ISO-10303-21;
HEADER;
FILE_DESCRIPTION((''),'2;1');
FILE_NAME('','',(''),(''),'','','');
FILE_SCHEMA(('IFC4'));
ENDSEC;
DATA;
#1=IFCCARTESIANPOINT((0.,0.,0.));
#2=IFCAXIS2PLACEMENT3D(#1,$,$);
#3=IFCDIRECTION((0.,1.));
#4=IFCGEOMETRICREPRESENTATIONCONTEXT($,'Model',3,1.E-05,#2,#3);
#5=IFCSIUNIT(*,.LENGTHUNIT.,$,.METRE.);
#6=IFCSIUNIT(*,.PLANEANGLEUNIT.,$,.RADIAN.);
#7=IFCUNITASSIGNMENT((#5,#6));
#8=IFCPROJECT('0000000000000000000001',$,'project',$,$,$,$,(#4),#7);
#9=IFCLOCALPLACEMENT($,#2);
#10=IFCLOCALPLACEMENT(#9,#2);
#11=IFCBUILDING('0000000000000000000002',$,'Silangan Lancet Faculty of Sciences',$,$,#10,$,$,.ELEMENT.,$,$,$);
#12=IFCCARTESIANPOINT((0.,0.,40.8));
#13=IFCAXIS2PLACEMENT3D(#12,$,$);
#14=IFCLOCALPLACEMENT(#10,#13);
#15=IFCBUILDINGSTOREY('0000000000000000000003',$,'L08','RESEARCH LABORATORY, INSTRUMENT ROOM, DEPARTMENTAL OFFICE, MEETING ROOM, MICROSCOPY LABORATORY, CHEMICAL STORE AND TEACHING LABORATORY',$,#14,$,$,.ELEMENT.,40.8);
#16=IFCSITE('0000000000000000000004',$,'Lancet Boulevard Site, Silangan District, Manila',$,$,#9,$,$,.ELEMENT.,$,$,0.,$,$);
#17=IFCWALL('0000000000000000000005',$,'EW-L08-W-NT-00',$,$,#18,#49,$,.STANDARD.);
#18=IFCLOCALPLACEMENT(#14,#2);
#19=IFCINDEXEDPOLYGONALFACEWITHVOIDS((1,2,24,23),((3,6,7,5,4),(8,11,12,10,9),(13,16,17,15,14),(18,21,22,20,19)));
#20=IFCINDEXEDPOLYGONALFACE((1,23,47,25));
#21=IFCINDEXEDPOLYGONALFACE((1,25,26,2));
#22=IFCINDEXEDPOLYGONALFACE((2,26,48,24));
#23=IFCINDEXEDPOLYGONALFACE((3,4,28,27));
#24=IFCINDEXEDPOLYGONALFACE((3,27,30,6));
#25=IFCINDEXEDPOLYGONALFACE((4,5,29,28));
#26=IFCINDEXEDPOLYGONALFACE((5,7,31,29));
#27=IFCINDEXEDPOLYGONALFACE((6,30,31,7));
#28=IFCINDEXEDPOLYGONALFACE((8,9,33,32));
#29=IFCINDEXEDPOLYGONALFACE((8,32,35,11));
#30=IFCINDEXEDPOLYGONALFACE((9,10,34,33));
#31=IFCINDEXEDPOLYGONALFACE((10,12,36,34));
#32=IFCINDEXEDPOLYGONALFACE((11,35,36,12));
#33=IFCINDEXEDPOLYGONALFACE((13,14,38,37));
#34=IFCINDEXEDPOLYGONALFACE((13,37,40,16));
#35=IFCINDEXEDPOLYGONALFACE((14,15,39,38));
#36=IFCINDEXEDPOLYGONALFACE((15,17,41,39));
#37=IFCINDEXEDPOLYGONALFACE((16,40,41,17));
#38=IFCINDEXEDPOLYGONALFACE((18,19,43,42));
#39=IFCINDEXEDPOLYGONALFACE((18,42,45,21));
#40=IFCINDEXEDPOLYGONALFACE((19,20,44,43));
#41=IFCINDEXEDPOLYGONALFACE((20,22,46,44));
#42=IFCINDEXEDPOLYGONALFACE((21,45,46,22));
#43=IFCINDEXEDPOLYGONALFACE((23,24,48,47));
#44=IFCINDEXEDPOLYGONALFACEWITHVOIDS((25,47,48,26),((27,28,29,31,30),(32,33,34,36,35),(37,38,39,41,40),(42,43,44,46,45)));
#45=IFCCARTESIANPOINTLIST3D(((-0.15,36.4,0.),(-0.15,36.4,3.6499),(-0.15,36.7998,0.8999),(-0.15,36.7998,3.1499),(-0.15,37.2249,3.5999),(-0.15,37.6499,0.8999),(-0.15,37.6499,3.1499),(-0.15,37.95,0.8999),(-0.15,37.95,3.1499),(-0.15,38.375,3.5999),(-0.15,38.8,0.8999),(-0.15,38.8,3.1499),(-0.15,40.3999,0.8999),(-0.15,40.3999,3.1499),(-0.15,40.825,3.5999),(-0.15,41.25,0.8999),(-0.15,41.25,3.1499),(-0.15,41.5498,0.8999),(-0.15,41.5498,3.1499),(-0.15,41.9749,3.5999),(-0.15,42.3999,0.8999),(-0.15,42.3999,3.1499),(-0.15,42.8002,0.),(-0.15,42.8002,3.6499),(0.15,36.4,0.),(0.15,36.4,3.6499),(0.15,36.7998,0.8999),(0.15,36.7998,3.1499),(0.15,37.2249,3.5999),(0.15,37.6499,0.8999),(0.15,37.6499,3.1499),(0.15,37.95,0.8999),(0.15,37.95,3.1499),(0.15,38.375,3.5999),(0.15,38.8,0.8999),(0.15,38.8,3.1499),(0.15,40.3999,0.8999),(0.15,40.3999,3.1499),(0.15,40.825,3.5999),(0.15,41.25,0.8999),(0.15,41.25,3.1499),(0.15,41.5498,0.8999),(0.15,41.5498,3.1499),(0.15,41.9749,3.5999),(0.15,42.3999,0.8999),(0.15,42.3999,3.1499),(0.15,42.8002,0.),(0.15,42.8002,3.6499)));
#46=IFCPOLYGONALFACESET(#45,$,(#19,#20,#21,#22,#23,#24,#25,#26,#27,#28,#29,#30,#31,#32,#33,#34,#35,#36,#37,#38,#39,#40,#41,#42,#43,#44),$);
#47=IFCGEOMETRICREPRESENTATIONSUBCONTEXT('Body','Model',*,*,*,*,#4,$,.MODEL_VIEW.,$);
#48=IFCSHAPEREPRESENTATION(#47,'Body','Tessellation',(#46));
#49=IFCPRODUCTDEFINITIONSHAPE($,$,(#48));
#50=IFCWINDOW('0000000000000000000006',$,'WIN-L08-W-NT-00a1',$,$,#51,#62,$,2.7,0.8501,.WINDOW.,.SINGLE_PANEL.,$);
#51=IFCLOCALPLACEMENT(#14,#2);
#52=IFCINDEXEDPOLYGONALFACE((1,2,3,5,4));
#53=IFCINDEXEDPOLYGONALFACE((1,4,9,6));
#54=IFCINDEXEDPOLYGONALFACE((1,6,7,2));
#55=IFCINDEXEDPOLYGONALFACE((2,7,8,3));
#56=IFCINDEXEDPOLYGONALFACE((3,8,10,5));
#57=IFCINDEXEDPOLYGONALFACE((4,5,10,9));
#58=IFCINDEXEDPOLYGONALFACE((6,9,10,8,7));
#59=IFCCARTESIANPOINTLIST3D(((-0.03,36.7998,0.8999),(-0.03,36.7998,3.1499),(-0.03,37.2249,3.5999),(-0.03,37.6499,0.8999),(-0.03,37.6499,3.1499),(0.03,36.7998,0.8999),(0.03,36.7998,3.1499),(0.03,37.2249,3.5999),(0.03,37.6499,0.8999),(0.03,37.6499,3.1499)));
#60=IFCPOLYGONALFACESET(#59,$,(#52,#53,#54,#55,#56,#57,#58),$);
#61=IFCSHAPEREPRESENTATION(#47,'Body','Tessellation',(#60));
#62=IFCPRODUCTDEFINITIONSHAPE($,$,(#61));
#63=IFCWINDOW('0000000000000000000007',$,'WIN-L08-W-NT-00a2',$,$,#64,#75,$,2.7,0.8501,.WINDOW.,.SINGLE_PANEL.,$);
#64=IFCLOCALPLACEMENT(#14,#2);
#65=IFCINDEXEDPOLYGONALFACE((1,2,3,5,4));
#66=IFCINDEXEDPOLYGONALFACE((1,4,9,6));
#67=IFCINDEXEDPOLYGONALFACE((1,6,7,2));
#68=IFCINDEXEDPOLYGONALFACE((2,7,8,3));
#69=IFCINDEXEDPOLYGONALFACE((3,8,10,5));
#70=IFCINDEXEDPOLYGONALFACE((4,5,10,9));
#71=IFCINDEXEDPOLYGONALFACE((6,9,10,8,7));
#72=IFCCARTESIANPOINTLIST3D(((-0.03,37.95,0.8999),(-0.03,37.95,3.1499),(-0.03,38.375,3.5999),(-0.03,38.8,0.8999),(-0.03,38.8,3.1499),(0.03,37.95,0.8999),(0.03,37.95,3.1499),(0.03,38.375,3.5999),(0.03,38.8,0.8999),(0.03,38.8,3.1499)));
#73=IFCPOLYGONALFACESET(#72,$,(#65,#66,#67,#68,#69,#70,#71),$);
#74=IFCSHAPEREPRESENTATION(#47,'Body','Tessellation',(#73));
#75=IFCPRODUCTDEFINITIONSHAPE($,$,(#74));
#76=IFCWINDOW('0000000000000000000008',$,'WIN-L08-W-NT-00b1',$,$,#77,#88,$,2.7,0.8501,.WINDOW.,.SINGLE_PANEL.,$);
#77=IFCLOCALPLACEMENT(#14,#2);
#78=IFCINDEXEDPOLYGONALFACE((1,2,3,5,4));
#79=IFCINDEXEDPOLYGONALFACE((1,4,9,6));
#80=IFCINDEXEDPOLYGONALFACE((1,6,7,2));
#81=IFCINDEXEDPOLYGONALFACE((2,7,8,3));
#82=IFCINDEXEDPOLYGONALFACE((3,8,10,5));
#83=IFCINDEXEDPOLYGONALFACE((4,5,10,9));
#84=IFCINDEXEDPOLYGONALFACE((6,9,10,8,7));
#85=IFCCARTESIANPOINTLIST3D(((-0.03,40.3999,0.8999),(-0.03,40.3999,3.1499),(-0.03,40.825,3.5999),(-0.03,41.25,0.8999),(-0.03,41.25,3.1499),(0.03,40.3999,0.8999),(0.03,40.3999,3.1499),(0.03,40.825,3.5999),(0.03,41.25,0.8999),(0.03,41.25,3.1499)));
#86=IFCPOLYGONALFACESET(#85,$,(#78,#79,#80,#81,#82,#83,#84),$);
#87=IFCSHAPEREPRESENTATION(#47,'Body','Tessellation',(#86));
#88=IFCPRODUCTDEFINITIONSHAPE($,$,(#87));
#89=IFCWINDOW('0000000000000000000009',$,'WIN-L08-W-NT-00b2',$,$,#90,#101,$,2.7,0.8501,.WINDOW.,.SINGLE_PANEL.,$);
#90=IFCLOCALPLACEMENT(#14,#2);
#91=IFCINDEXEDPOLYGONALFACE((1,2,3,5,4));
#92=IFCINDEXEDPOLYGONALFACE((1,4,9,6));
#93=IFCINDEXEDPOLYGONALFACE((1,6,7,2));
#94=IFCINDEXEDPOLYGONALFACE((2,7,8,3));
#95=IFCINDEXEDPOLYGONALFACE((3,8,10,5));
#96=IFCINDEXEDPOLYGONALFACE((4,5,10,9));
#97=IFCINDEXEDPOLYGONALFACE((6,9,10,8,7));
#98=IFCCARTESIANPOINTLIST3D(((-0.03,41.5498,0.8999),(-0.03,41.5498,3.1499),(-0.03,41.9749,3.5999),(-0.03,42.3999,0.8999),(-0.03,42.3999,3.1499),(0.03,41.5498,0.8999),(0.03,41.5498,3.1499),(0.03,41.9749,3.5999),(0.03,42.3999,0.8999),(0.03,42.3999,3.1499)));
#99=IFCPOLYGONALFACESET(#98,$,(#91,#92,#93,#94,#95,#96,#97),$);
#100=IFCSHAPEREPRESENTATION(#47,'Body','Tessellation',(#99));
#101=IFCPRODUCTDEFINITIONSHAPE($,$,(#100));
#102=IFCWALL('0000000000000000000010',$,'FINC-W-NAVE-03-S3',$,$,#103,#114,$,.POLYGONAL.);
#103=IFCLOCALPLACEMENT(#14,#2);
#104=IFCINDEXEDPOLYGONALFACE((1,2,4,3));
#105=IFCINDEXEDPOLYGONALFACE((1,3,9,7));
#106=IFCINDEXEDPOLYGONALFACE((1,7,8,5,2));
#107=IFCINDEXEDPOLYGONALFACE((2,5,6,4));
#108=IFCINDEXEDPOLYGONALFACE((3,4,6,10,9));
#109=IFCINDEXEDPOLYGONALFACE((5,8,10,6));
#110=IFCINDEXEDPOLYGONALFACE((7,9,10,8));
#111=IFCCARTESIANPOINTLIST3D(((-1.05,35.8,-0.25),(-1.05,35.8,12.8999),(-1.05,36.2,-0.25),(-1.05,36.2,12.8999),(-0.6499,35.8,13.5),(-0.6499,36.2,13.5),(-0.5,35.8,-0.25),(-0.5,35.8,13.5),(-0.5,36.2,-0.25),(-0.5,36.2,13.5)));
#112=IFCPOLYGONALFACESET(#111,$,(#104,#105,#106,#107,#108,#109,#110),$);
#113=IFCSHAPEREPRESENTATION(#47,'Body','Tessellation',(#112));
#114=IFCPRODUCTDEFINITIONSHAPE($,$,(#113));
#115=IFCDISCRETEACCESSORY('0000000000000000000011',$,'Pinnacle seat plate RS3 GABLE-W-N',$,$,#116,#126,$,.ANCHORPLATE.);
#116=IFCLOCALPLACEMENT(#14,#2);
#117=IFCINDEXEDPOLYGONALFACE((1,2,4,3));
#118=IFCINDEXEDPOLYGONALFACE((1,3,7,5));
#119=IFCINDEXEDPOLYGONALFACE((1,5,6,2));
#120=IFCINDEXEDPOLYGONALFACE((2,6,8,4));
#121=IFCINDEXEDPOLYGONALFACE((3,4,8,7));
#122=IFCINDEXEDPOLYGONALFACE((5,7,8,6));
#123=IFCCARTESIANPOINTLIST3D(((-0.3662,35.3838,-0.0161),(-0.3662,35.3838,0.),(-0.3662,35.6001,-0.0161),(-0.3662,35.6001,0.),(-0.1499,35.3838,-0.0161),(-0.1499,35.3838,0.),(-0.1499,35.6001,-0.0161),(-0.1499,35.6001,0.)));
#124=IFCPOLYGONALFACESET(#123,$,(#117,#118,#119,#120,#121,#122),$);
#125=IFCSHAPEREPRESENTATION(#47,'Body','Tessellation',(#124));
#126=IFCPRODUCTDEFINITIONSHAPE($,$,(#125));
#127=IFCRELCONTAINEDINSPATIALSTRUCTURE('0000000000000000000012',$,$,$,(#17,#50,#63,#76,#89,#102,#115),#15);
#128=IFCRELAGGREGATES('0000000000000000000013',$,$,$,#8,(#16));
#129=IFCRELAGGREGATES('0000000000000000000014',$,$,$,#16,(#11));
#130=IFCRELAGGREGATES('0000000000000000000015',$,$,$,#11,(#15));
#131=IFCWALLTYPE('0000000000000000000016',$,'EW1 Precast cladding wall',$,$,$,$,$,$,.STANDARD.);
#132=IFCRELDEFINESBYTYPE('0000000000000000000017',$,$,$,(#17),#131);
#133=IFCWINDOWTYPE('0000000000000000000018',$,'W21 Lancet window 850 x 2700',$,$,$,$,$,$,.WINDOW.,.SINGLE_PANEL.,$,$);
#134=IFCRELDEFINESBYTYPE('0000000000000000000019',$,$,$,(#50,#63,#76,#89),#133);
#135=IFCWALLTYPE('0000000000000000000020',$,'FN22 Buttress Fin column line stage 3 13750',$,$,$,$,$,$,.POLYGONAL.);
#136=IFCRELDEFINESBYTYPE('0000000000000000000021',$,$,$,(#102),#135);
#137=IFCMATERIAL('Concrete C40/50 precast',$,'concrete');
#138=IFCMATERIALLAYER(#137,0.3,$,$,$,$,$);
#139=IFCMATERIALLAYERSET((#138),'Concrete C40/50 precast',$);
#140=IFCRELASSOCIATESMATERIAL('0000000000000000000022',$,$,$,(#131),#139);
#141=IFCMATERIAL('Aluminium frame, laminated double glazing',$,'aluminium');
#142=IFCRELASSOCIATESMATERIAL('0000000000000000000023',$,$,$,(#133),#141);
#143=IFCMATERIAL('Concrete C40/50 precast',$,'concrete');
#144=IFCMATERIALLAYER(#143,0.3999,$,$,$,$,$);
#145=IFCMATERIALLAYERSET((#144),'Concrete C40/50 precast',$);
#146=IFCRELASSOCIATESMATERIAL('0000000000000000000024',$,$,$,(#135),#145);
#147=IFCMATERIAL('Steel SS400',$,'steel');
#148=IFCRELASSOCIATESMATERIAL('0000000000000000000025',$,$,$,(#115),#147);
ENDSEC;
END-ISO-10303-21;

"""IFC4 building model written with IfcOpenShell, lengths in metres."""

from ifc_helpers import new_model, si_unit, direction, frame, frame_2d, origin, origin_2d, place, context, subcontext, project, spatial, polyline, rectangle, outline, extrude, material, layer, layer_set, type_object, element, fill, save


model = new_model("IFC4")

# Units and contexts
model_context = context("Model", 3, precision=1e-05, world=origin(), true_north=direction((0.0, 1.0)))
body_context = subcontext(model_context, "Body", "Model", "MODEL_VIEW")
ifc_project = project(units=[si_unit("LENGTHUNIT", "METRE"), si_unit("PLANEANGLEUNIT", "RADIAN")], contexts=[model_context])

# Site, building, storey
site_placement = place(None, origin())
site = spatial("IfcSite", under=ifc_project, at=site_placement, Name="Lancet Boulevard Site, Silangan District, Manila", CompositionType="ELEMENT", RefElevation=0.0)
building_placement = place(site_placement, origin())
building = spatial("IfcBuilding", under=site, at=building_placement, Name="Silangan Lancet Faculty of Sciences", CompositionType="ELEMENT")
storey_placement = place(building_placement, frame((0.0, 0.0, 40.8)))
storey = spatial("IfcBuildingStorey", under=building, at=storey_placement, Name="L08", Description="RESEARCH LABORATORY, INSTRUMENT ROOM, DEPARTMENTAL OFFICE, MEETING ROOM, MICROSCOPY LABORATORY, CHEMICAL STORE AND TEACHING LABORATORY", CompositionType="ELEMENT", Elevation=40.8)

# Wall, openings, windows
ifc_material_1 = material(Name="Concrete C40/50 precast", Category="concrete")
ifc_layer_1 = layer(ifc_material_1, 0.3)
ifc_layer_set_1 = layer_set([ifc_layer_1], Name="Concrete C40/50 precast")
wall_type_1 = type_object("IfcWallType", Name="EW1 Precast cladding wall", PredefinedType="STANDARD", material=ifc_layer_set_1)
wall_1_placement = place(storey_placement, frame((0.0, 36.3999, 0.0), z_axis=(0.0, 0.0, 1.0), x_axis=(0.0, 1.0, 0.0)))
wall_1 = element("IfcWall", 1, at=wall_1_placement, inside=storey, type_object=wall_type_1, Name="EW-L08-W-NT-00", PredefinedType="STANDARD", context=body_context, shape_type="SweptSolid", body=[
    extrude(rectangle(XDim=6.4001, YDim=0.3, at=frame_2d((3.2002, 0.0))), origin(), (0.0, 0.0, 1.0), 3.6499),
])
opening_1_placement = place(wall_1_placement, frame((0.3999, 0.0, 0.8999)))
opening_1 = element("IfcOpeningElement", 2, at=opening_1_placement, cuts=wall_1, PredefinedType="OPENING", context=body_context, shape_type="SweptSolid", body=[
    extrude(outline(polyline([(0.0, 0.0), (0.8501, 0.0), (0.8501, 2.25), (0.425, 2.7), (0.0, 2.25), (0.0, 0.0)])), frame((0.0, 0.1599, 0.0), z_axis=(0.0, -1.0, 0.0), x_axis=(1.0, 0.0, 0.0)), (0.0, 0.0, 1.0), 0.3201),
])
opening_2_placement = place(wall_1_placement, frame((1.55, 0.0, 0.8999)))
opening_2 = element("IfcOpeningElement", 3, at=opening_2_placement, cuts=wall_1, PredefinedType="OPENING", context=body_context, shape_type="SweptSolid", body=[
    extrude(outline(polyline([(0.0, 0.0), (0.8501, 0.0), (0.8501, 2.25), (0.425, 2.7), (0.0, 2.25), (0.0, 0.0)])), frame((0.0, 0.1599, 0.0), z_axis=(0.0, -1.0, 0.0), x_axis=(1.0, 0.0, 0.0)), (0.0, 0.0, 1.0), 0.3201),
])
opening_3_placement = place(wall_1_placement, frame((4.0, 0.0, 0.8999)))
opening_3 = element("IfcOpeningElement", 4, at=opening_3_placement, cuts=wall_1, PredefinedType="OPENING", context=body_context, shape_type="SweptSolid", body=[
    extrude(outline(polyline([(0.0, 0.0), (0.8501, 0.0), (0.8501, 2.25), (0.425, 2.7), (0.0, 2.25), (0.0, 0.0)])), frame((0.0, 0.1599, 0.0), z_axis=(0.0, -1.0, 0.0), x_axis=(1.0, 0.0, 0.0)), (0.0, 0.0, 1.0), 0.3201),
])
opening_4_placement = place(wall_1_placement, frame((5.1499, 0.0, 0.8999)))
opening_4 = element("IfcOpeningElement", 5, at=opening_4_placement, cuts=wall_1, PredefinedType="OPENING", context=body_context, shape_type="SweptSolid", body=[
    extrude(outline(polyline([(0.0, 0.0), (0.8501, 0.0), (0.8501, 2.25), (0.425, 2.7), (0.0, 2.25), (0.0, 0.0)])), frame((0.0, 0.1599, 0.0), z_axis=(0.0, -1.0, 0.0), x_axis=(1.0, 0.0, 0.0)), (0.0, 0.0, 1.0), 0.3201),
])
ifc_material_2 = material(Name="Aluminium frame, laminated double glazing", Category="aluminium")
window_type = type_object("IfcWindowType", Name="W21 Lancet window 850 x 2700", PartitioningType="SINGLE_PANEL", PredefinedType="WINDOW", material=ifc_material_2)
window_1_placement = place(opening_1_placement, origin())
window_1 = element("IfcWindow", 6, at=window_1_placement, inside=storey, type_object=window_type, Name="WIN-L08-W-NT-00a1", OverallHeight=2.7, OverallWidth=0.8501, PartitioningType="SINGLE_PANEL", PredefinedType="WINDOW", context=body_context, shape_type="SweptSolid", body=[
    extrude(outline(polyline([(0.0, 0.0), (0.8501, 0.0), (0.8501, 2.25), (0.425, 2.7), (0.0, 2.25), (0.0, 0.0)])), frame((0.0, 0.03, 0.0), z_axis=(0.0, -1.0, 0.0), x_axis=(1.0, 0.0, 0.0)), (0.0, 0.0, 1.0), 0.0601),
])
fill(opening_1, window_1)
window_2_placement = place(opening_2_placement, origin())
window_2 = element("IfcWindow", 7, at=window_2_placement, inside=storey, type_object=window_type, Name="WIN-L08-W-NT-00a2", OverallHeight=2.7, OverallWidth=0.8501, PartitioningType="SINGLE_PANEL", PredefinedType="WINDOW", context=body_context, shape_type="SweptSolid", body=[
    extrude(outline(polyline([(0.0, 0.0), (0.8501, 0.0), (0.8501, 2.25), (0.425, 2.7), (0.0, 2.25), (0.0, 0.0)])), frame((0.0, 0.03, 0.0), z_axis=(0.0, -1.0, 0.0), x_axis=(1.0, 0.0, 0.0)), (0.0, 0.0, 1.0), 0.0601),
])
fill(opening_2, window_2)
window_3_placement = place(opening_3_placement, origin())
window_3 = element("IfcWindow", 8, at=window_3_placement, inside=storey, type_object=window_type, Name="WIN-L08-W-NT-00b1", OverallHeight=2.7, OverallWidth=0.8501, PartitioningType="SINGLE_PANEL", PredefinedType="WINDOW", context=body_context, shape_type="SweptSolid", body=[
    extrude(outline(polyline([(0.0, 0.0), (0.8501, 0.0), (0.8501, 2.25), (0.425, 2.7), (0.0, 2.25), (0.0, 0.0)])), frame((0.0, 0.03, 0.0), z_axis=(0.0, -1.0, 0.0), x_axis=(1.0, 0.0, 0.0)), (0.0, 0.0, 1.0), 0.0601),
])
fill(opening_3, window_3)
window_4_placement = place(opening_4_placement, origin())
window_4 = element("IfcWindow", 9, at=window_4_placement, inside=storey, type_object=window_type, Name="WIN-L08-W-NT-00b2", OverallHeight=2.7, OverallWidth=0.8501, PartitioningType="SINGLE_PANEL", PredefinedType="WINDOW", context=body_context, shape_type="SweptSolid", body=[
    extrude(outline(polyline([(0.0, 0.0), (0.8501, 0.0), (0.8501, 2.25), (0.425, 2.7), (0.0, 2.25), (0.0, 0.0)])), frame((0.0, 0.03, 0.0), z_axis=(0.0, -1.0, 0.0), x_axis=(1.0, 0.0, 0.0)), (0.0, 0.0, 1.0), 0.0601),
])
fill(opening_4, window_4)

# Wall
ifc_material_3 = material(Name="Concrete C40/50 precast", Category="concrete")
ifc_layer_2 = layer(ifc_material_3, 0.3999)
ifc_layer_set_2 = layer_set([ifc_layer_2], Name="Concrete C40/50 precast")
wall_type_2 = type_object("IfcWallType", Name="FN22 Buttress Fin column line stage 3 13750", PredefinedType="POLYGONAL", material=ifc_layer_set_2)
wall_2_placement = place(storey_placement, frame((-0.5, 36.0, -0.25), z_axis=(0.0, 0.0, 1.0), x_axis=(-1.0, 0.0, 0.0)))
element("IfcWall", 10, at=wall_2_placement, inside=storey, type_object=wall_type_2, Name="FINC-W-NAVE-03-S3", PredefinedType="POLYGONAL", context=body_context, shape_type="SweptSolid", body=[
    extrude(outline(polyline([(0.55, 0.0), (0.55, 13.1499), (0.1499, 13.75), (0.0, 13.75), (0.0, 0.0), (0.55, 0.0)])), frame((0.0, 0.2, 0.0), z_axis=(0.0, -1.0, 0.0), x_axis=(1.0, 0.0, 0.0)), (0.0, 0.0, 1.0), 0.3999),
])

# Discrete accessory
ifc_material_4 = material(Name="Steel SS400", Category="steel")
discrete_accessory_placement = place(storey_placement, frame((-0.2581, 35.4919, -0.0161), z_axis=(0.0, 0.0, 1.0), x_axis=(1.0, 0.0, 0.0)))
element("IfcDiscreteAccessory", 11, at=discrete_accessory_placement, inside=storey, material=ifc_material_4, Name="Pinnacle seat plate RS3 GABLE-W-N", PredefinedType="ANCHORPLATE", context=body_context, shape_type="SweptSolid", body=[
    extrude(rectangle(XDim=0.2163, YDim=0.2163, at=origin_2d()), origin(), (0.0, 0.0, 1.0), 0.0161),
])

save(model, "model.ifc")
